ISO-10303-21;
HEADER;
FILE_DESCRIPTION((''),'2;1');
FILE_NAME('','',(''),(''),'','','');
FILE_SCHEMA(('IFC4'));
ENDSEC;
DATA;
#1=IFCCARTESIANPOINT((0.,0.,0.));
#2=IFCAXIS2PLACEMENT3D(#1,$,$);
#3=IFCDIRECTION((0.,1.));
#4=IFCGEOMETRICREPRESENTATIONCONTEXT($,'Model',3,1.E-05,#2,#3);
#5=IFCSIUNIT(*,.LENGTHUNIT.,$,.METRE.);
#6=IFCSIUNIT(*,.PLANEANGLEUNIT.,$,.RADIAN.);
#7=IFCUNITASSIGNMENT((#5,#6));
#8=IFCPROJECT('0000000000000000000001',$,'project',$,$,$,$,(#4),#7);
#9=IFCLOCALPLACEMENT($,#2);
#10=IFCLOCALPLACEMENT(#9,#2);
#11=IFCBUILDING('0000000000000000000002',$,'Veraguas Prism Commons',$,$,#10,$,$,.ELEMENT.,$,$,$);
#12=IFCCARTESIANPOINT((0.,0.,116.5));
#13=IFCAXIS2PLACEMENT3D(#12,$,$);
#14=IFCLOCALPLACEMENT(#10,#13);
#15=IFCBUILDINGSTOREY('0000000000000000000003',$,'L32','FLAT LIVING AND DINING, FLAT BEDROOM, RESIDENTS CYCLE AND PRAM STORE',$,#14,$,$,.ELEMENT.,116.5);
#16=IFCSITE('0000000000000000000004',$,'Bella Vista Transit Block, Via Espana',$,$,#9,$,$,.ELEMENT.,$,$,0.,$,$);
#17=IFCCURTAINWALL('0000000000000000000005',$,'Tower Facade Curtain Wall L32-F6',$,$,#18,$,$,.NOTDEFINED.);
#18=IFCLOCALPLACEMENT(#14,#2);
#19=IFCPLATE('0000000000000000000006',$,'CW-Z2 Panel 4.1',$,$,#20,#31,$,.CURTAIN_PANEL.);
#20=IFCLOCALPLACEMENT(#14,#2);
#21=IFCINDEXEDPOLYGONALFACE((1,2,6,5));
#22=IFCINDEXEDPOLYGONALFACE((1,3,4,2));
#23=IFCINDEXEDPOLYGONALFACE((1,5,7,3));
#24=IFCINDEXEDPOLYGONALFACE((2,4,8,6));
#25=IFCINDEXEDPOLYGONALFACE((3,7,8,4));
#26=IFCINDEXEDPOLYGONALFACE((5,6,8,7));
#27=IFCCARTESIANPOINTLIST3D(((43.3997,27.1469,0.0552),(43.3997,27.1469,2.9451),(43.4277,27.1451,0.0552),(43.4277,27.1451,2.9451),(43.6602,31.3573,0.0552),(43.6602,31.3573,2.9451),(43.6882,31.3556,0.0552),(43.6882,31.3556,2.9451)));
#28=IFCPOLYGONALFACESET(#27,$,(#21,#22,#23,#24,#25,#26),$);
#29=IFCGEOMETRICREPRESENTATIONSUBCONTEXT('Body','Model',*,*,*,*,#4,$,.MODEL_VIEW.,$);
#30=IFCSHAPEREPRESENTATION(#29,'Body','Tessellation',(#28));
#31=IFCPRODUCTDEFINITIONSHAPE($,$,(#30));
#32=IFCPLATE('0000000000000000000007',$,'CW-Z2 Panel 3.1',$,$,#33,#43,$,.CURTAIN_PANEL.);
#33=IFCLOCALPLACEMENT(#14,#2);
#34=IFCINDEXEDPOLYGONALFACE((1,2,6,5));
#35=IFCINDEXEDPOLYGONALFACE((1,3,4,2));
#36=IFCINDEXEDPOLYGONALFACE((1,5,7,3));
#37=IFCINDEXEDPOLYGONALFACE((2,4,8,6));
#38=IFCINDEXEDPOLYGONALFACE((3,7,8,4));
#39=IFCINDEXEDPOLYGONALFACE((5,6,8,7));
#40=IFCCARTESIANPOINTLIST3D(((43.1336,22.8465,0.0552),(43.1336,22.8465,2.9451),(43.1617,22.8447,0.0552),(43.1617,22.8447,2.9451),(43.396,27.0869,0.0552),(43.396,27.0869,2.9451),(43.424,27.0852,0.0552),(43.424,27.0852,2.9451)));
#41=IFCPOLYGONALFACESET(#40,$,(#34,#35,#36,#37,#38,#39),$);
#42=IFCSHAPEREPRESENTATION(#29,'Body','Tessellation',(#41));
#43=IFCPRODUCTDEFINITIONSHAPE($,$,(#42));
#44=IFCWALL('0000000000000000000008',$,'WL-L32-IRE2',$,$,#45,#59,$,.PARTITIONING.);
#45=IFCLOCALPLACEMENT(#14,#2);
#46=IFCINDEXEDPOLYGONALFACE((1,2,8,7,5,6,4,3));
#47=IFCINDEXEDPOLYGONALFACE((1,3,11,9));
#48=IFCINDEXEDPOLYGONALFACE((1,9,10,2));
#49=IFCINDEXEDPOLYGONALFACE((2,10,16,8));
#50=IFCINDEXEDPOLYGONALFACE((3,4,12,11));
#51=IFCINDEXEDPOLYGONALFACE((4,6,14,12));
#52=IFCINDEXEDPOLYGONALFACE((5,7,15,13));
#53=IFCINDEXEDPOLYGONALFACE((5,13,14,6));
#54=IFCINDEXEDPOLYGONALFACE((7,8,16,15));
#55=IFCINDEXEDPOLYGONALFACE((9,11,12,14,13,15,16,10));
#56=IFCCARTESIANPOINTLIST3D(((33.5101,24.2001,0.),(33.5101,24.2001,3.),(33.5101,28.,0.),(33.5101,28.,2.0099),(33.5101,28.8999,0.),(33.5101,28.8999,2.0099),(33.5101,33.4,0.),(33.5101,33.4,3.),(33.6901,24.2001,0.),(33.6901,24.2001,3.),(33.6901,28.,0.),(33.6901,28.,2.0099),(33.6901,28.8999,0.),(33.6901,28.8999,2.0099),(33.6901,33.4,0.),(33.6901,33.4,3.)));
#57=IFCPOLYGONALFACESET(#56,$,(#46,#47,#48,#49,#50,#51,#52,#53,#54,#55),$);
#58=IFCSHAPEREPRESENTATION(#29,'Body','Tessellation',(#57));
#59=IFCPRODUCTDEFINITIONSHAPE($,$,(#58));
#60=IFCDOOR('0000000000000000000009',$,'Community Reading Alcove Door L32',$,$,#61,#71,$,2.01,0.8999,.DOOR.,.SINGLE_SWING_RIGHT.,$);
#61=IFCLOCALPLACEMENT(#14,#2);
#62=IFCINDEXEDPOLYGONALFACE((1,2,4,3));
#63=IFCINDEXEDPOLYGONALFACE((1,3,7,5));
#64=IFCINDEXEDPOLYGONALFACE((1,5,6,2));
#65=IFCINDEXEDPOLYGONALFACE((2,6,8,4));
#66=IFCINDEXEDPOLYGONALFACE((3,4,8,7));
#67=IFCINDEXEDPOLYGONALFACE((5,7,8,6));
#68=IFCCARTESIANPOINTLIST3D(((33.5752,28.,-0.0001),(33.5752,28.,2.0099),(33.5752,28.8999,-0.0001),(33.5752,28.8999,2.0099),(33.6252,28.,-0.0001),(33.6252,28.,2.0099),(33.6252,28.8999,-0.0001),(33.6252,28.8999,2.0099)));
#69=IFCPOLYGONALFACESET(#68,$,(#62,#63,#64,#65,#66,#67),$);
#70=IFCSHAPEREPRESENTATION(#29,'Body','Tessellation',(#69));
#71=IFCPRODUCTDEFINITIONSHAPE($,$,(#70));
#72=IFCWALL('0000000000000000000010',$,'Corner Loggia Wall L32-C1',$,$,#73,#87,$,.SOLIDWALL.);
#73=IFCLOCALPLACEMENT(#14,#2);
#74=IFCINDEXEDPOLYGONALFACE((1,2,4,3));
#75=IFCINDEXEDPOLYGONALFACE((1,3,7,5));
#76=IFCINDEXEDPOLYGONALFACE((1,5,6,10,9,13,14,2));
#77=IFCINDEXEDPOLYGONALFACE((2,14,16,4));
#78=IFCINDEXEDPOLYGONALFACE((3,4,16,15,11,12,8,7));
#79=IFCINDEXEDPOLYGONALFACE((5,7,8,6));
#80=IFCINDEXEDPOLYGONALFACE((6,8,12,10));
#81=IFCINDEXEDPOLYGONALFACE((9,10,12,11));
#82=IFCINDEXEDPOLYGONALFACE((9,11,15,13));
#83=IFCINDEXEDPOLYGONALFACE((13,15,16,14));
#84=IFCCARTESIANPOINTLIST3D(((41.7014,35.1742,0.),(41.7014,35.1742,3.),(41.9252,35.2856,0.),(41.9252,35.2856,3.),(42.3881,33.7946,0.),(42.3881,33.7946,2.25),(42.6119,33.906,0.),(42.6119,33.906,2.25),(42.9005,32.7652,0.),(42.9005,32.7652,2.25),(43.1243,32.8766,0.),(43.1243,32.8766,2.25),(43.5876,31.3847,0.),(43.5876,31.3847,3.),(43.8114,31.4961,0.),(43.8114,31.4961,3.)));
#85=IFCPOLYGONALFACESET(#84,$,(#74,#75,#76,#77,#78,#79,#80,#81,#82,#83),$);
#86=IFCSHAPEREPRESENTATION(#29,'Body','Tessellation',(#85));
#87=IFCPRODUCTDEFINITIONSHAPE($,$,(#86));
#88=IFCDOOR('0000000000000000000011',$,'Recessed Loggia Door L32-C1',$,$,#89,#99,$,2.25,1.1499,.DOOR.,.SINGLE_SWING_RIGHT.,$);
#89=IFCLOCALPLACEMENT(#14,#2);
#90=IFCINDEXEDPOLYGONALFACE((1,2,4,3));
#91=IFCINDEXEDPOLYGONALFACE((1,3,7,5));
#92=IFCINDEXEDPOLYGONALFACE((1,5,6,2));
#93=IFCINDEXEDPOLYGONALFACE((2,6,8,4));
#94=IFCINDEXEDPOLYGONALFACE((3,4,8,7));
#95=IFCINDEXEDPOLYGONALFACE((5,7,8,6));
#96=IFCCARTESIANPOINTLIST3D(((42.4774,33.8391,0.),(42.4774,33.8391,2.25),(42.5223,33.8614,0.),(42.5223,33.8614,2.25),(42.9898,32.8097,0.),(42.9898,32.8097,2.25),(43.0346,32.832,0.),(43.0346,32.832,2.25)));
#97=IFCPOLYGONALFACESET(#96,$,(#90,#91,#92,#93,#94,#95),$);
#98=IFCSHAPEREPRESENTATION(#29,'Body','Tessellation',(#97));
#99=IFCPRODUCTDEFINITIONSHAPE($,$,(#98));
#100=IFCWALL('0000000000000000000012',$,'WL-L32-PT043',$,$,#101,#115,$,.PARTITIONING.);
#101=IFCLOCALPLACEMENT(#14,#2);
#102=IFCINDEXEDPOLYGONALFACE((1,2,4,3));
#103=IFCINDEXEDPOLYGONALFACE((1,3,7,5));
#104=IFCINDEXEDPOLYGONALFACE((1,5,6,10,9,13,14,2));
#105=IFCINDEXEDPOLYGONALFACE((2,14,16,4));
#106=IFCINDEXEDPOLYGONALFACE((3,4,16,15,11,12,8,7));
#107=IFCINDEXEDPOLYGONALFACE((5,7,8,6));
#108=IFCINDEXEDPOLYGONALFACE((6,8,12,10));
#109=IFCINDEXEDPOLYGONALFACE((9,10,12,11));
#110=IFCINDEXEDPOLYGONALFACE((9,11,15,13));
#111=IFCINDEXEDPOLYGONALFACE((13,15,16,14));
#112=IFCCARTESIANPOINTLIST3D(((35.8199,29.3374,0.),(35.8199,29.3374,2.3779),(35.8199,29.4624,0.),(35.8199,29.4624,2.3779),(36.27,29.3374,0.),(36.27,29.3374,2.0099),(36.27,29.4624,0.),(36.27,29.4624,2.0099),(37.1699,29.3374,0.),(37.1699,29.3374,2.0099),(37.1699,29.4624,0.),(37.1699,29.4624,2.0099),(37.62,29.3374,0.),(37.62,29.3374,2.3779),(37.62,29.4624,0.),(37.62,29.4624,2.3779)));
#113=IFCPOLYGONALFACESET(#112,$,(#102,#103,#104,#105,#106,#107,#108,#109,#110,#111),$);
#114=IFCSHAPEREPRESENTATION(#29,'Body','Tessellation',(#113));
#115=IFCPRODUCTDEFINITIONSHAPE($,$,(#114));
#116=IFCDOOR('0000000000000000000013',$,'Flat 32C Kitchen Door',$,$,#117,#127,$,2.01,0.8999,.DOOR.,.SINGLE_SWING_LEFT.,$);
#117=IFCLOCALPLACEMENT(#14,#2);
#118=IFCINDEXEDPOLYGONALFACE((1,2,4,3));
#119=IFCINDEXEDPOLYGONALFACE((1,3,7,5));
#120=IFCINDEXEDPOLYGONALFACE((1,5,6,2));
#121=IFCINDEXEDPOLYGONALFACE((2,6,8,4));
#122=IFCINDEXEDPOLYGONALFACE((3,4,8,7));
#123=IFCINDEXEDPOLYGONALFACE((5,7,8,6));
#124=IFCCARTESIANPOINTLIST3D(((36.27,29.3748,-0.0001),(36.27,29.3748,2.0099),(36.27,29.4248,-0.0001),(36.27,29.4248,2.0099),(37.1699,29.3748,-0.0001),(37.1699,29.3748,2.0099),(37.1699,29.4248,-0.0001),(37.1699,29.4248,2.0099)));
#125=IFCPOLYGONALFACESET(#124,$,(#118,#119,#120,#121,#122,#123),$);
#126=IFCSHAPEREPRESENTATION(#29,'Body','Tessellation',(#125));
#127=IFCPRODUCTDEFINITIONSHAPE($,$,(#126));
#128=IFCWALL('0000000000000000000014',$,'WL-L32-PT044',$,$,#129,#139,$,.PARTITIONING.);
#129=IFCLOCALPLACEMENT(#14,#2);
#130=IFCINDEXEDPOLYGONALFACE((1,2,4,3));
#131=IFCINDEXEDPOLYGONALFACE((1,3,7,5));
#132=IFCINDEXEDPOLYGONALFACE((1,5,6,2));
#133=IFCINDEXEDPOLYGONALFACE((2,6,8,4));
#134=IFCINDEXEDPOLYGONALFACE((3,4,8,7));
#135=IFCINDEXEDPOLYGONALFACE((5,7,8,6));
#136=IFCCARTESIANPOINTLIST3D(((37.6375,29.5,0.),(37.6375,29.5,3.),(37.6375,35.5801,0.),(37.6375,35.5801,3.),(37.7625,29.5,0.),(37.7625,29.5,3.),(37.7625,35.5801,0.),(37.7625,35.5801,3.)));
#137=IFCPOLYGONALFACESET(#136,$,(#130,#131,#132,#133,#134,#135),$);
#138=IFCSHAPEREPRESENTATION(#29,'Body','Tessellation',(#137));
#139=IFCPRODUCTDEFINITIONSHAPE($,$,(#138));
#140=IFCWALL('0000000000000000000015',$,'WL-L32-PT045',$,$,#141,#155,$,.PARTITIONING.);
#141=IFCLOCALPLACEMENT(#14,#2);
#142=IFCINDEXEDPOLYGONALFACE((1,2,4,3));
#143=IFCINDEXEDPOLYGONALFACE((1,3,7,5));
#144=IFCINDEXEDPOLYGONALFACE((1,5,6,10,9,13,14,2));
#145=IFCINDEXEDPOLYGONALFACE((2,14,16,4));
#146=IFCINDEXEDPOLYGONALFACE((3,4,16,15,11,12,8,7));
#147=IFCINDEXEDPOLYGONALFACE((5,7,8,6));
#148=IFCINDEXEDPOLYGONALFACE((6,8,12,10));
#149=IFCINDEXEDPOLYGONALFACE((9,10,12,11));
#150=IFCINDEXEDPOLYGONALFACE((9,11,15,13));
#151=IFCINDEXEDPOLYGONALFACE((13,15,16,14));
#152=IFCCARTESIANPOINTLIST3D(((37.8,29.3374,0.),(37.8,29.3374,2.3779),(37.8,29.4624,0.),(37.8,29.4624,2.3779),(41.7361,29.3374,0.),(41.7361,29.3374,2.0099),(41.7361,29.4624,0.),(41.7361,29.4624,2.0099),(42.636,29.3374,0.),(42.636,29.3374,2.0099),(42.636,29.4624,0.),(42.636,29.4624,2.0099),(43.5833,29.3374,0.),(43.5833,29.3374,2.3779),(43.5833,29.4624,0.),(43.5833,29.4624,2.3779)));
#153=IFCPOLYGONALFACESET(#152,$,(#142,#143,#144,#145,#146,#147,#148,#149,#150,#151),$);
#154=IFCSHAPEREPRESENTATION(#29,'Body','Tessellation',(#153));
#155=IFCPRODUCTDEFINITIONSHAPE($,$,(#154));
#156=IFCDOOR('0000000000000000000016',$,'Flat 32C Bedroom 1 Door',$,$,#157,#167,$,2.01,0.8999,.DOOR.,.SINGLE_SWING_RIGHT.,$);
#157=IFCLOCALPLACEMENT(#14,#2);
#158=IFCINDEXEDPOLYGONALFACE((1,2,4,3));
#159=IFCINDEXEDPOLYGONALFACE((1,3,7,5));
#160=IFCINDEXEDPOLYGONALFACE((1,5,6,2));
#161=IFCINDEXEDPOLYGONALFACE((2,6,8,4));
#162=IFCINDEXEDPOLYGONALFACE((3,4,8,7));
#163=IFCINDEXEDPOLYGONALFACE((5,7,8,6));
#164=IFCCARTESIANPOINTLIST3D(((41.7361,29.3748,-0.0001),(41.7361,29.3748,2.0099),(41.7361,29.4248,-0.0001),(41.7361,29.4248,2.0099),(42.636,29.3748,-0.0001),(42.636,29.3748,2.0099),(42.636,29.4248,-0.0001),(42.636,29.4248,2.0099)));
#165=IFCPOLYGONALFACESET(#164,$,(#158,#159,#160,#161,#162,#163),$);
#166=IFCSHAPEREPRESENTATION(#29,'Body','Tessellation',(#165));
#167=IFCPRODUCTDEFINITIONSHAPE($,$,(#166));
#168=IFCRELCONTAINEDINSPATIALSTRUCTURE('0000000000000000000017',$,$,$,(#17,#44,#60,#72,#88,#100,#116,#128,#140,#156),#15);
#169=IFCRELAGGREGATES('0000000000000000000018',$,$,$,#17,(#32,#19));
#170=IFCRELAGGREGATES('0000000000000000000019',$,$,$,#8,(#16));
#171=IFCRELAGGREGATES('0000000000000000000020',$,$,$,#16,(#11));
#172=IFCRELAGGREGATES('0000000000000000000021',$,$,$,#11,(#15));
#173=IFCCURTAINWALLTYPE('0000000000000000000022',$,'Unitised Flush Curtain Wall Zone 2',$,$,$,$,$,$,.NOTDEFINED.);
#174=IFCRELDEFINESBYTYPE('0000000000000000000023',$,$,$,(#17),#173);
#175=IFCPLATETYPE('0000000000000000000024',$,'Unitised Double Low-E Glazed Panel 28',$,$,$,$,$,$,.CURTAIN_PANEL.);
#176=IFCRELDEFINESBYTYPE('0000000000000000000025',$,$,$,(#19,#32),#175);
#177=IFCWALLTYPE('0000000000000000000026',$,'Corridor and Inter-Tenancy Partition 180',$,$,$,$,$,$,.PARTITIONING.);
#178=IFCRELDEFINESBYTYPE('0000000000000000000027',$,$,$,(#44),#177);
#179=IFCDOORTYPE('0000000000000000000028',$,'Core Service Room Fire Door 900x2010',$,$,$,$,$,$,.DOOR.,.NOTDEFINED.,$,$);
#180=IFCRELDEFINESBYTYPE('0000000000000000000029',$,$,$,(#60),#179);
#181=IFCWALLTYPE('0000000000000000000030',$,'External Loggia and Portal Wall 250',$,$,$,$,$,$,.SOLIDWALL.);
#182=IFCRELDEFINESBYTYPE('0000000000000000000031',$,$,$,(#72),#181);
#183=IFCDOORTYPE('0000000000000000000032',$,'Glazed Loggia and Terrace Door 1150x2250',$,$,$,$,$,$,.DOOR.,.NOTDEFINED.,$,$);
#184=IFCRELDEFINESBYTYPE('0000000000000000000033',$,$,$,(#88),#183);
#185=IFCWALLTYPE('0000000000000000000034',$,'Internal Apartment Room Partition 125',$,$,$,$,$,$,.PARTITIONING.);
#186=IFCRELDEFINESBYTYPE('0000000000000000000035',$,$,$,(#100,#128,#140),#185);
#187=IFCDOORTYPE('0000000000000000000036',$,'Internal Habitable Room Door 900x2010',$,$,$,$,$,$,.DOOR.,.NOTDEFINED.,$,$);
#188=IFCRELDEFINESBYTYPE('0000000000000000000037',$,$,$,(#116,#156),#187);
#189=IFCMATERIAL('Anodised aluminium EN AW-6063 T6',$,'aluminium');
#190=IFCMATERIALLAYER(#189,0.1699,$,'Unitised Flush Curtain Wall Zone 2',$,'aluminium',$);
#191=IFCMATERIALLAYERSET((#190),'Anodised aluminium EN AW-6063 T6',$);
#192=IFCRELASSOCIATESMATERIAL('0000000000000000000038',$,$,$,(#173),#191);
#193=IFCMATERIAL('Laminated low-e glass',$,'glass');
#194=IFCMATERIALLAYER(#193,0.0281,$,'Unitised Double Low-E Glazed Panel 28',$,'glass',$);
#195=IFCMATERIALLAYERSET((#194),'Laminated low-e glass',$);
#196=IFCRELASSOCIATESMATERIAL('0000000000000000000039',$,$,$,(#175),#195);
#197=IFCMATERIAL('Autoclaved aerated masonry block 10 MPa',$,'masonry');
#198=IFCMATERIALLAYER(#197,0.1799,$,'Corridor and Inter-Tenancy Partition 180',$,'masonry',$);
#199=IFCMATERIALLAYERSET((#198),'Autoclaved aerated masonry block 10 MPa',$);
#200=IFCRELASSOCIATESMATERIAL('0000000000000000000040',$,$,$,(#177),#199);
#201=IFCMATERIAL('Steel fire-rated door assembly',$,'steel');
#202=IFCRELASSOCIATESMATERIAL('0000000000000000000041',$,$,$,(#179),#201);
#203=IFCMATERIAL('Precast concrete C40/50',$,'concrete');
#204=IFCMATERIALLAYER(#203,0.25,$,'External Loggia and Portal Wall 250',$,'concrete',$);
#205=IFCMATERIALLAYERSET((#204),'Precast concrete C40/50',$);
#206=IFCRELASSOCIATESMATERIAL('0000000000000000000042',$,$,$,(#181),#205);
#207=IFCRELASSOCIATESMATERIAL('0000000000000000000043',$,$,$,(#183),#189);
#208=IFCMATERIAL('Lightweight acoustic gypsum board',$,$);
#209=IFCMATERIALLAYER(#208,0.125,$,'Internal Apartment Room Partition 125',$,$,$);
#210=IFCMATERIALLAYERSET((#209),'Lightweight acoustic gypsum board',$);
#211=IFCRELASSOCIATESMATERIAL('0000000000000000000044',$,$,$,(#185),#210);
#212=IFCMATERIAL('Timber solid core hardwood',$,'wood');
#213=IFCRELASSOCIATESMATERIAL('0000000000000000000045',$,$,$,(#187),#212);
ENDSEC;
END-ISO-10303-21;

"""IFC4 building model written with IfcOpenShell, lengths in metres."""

from ifc_helpers import new_model, si_unit, direction, frame, frame_2d, origin, origin_2d, place, context, subcontext, project, spatial, rectangle, extrude, source, transform, mapped, material, layer, layer_set, type_object, element, fill, aggregate, save


model = new_model("IFC4")

# Units and contexts
model_context = context("Model", 3, precision=1e-05, world=origin(), true_north=direction((0.0, 1.0)))
body_context = subcontext(model_context, "Body", "Model", "MODEL_VIEW")
ifc_project = project(units=[si_unit("LENGTHUNIT", "METRE"), si_unit("PLANEANGLEUNIT", "RADIAN")], contexts=[model_context])

# Site, building, storey
site_placement = place(None, origin())
site = spatial("IfcSite", under=ifc_project, at=site_placement, Name="Bella Vista Transit Block, Via Espana", CompositionType="ELEMENT", RefElevation=0.0)
building_placement = place(site_placement, origin())
building = spatial("IfcBuilding", under=site, at=building_placement, Name="Veraguas Prism Commons", CompositionType="ELEMENT")
storey_placement = place(building_placement, frame((0.0, 0.0, 116.5)))
storey = spatial("IfcBuildingStorey", under=building, at=storey_placement, Name="L32", Description="FLAT LIVING AND DINING, FLAT BEDROOM, RESIDENTS CYCLE AND PRAM STORE", CompositionType="ELEMENT", Elevation=116.5)

# Curtain wall, plates
ifc_material_1 = material(Name="Anodised aluminium EN AW-6063 T6", Category="aluminium")
ifc_layer_1 = layer(ifc_material_1, 0.1699, Name="Unitised Flush Curtain Wall Zone 2", Category="aluminium")
ifc_layer_set_1 = layer_set([ifc_layer_1], Name="Anodised aluminium EN AW-6063 T6")
curtain_wall_type = type_object("IfcCurtainWallType", Name="Unitised Flush Curtain Wall Zone 2", PredefinedType="NOTDEFINED", material=ifc_layer_set_1)
curtain_wall_placement = place(storey_placement, origin())
curtain_wall = element("IfcCurtainWall", 1, at=curtain_wall_placement, inside=storey, type_object=curtain_wall_type, Name="Tower Facade Curtain Wall L32-F6", PredefinedType="NOTDEFINED")
ifc_material_2 = material(Name="Laminated low-e glass", Category="glass")
ifc_layer_2 = layer(ifc_material_2, 0.0281, Name="Unitised Double Low-E Glazed Panel 28", Category="glass")
ifc_layer_set_2 = layer_set([ifc_layer_2], Name="Laminated low-e glass")
plate_type = type_object("IfcPlateType", Name="Unitised Double Low-E Glazed Panel 28", PredefinedType="CURTAIN_PANEL", material=ifc_layer_set_2)
shared_shape_1 = source(origin(), body_context, "Body", "SweptSolid", [
    extrude(rectangle(XDim=4.2185, YDim=0.0281, at=origin_2d()), origin(), (0.0, 0.0, 1.0), 2.8899),
])
plate_1_placement = place(storey_placement, frame((43.5439, 29.2512, 0.0552), z_axis=(0.0, 0.0, 1.0), x_axis=(0.061744, 0.998092, 0.0)))
plate_1 = element("IfcPlate", 2, at=plate_1_placement, type_object=plate_type, Name="CW-Z2 Panel 4.1", PredefinedType="CURTAIN_PANEL", context=body_context, shape_type="MappedRepresentation", body=[
    mapped(shared_shape_1, transform((0.0, 0.0, 0.0), scale=1.0)),
])
shared_shape_2 = source(origin(), body_context, "Body", "SweptSolid", [
    extrude(rectangle(XDim=4.2485, YDim=0.0281, at=origin_2d()), origin(), (0.0, 0.0, 1.0), 2.8899),
])
plate_2_placement = place(storey_placement, frame((43.2788, 24.9658, 0.0552), z_axis=(0.0, 0.0, 1.0), x_axis=(0.061744, 0.998092, 0.0)))
plate_2 = element("IfcPlate", 3, at=plate_2_placement, type_object=plate_type, Name="CW-Z2 Panel 3.1", PredefinedType="CURTAIN_PANEL", context=body_context, shape_type="MappedRepresentation", body=[
    mapped(shared_shape_2, transform((0.0, 0.0, 0.0), scale=1.0)),
])
aggregate(curtain_wall, [plate_2, plate_1])

# Walls, openings, doors
ifc_material_3 = material(Name="Autoclaved aerated masonry block 10 MPa", Category="masonry")
ifc_layer_3 = layer(ifc_material_3, 0.1799, Name="Corridor and Inter-Tenancy Partition 180", Category="masonry")
ifc_layer_set_3 = layer_set([ifc_layer_3], Name="Autoclaved aerated masonry block 10 MPa")
wall_type_1 = type_object("IfcWallType", Name="Corridor and Inter-Tenancy Partition 180", PredefinedType="PARTITIONING", material=ifc_layer_set_3)
wall_1_placement = place(storey_placement, frame((33.6001, 24.2, 0.0), z_axis=(0.0, 0.0, 1.0), x_axis=(0.0, 1.0, 0.0)))
wall_1 = element("IfcWall", 4, at=wall_1_placement, inside=storey, type_object=wall_type_1, Name="WL-L32-IRE2", PredefinedType="PARTITIONING", context=body_context, shape_type="SweptSolid", body=[
    extrude(rectangle(XDim=9.2, YDim=0.1799, at=frame_2d((4.6001, 0.0))), origin(), (0.0, 0.0, 1.0), 3.0),
])
opening_1_placement = place(wall_1_placement, frame((3.8, 0.0, 0.0)))
opening_1 = element("IfcOpeningElement", 5, at=opening_1_placement, cuts=wall_1, PredefinedType="OPENING", context=body_context, shape_type="SweptSolid", body=[
    extrude(rectangle(XDim=0.8999, YDim=2.01, at=frame_2d((0.45, 1.0049))), frame((0.0, 0.0999, 0.0), z_axis=(0.0, -1.0, 0.0), x_axis=(1.0, 0.0, 0.0)), (0.0, 0.0, 1.0), 0.2),
])
ifc_material_4 = material(Name="Steel fire-rated door assembly", Category="steel")
door_type_1 = type_object("IfcDoorType", Name="Core Service Room Fire Door 900x2010", OperationType="NOTDEFINED", PredefinedType="DOOR", material=ifc_material_4)
shared_shape_3 = source(origin(), body_context, "Body", "SweptSolid", [
    extrude(rectangle(XDim=0.8999, YDim=2.01, at=frame_2d((0.45, 1.0049))), frame((0.0, 0.0249, 0.0), z_axis=(0.0, -1.0, 0.0), x_axis=(1.0, 0.0, 0.0)), (0.0, 0.0, 1.0), 0.05),
])
door_1_placement = place(opening_1_placement, origin())
door_1 = element("IfcDoor", 6, at=door_1_placement, inside=storey, type_object=door_type_1, Name="Community Reading Alcove Door L32", OperationType="SINGLE_SWING_RIGHT", OverallHeight=2.01, OverallWidth=0.8999, PredefinedType="DOOR", context=body_context, shape_type="MappedRepresentation", body=[
    mapped(shared_shape_3, transform((0.0, 0.0, 0.0), scale=1.0)),
])
fill(opening_1, door_1)
ifc_material_5 = material(Name="Precast concrete C40/50", Category="concrete")
ifc_layer_4 = layer(ifc_material_5, 0.25, Name="External Loggia and Portal Wall 250", Category="concrete")
ifc_layer_set_4 = layer_set([ifc_layer_4], Name="Precast concrete C40/50")
wall_type_2 = type_object("IfcWallType", Name="External Loggia and Portal Wall 250", PredefinedType="SOLIDWALL", material=ifc_layer_set_4)
wall_2_placement = place(storey_placement, frame((43.6995, 31.4404, 0.0), z_axis=(0.0, 0.0, 1.0), x_axis=(-0.445598, 0.895233, 0.0)))
wall_2 = element("IfcWall", 7, at=wall_2_placement, inside=storey, type_object=wall_type_2, Name="Corner Loggia Wall L32-C1", PredefinedType="SOLIDWALL", context=body_context, shape_type="SweptSolid", body=[
    extrude(rectangle(XDim=4.2329, YDim=0.25, at=frame_2d((2.1165, 0.0))), origin(), (0.0, 0.0, 1.0), 3.0),
])
opening_2_placement = place(wall_2_placement, frame((1.542, 0.0, 0.0)))
opening_2 = element("IfcOpeningElement", 8, at=opening_2_placement, cuts=wall_2, PredefinedType="OPENING", context=body_context, shape_type="SweptSolid", body=[
    extrude(rectangle(XDim=1.1499, YDim=2.25, at=frame_2d((0.575, 1.125))), frame((0.0, 0.135, 0.0), z_axis=(0.0, -1.0, 0.0), x_axis=(1.0, 0.0, 0.0)), (0.0, 0.0, 1.0), 0.27),
])
door_type_2 = type_object("IfcDoorType", Name="Glazed Loggia and Terrace Door 1150x2250", OperationType="NOTDEFINED", PredefinedType="DOOR", material=ifc_material_1)
shared_shape_4 = source(origin(), body_context, "Body", "SweptSolid", [
    extrude(rectangle(XDim=1.1499, YDim=2.25, at=frame_2d((0.575, 1.125))), frame((0.0, 0.0249, 0.0), z_axis=(0.0, -1.0, 0.0), x_axis=(1.0, 0.0, 0.0)), (0.0, 0.0, 1.0), 0.05),
])
door_2_placement = place(opening_2_placement, frame((1.1499, 0.0, 0.0), z_axis=(0.0, 0.0, 1.0), x_axis=(-1.0, 0.0, 0.0)))
door_2 = element("IfcDoor", 9, at=door_2_placement, inside=storey, type_object=door_type_2, Name="Recessed Loggia Door L32-C1", OperationType="SINGLE_SWING_RIGHT", OverallHeight=2.25, OverallWidth=1.1499, PredefinedType="DOOR", context=body_context, shape_type="MappedRepresentation", body=[
    mapped(shared_shape_4, transform((0.0, 0.0, 0.0), scale=1.0)),
])
fill(opening_2, door_2)
ifc_material_6 = material(Name="Lightweight acoustic gypsum board")
ifc_layer_5 = layer(ifc_material_6, 0.125, Name="Internal Apartment Room Partition 125")
ifc_layer_set_5 = layer_set([ifc_layer_5], Name="Lightweight acoustic gypsum board")
wall_type_3 = type_object("IfcWallType", Name="Internal Apartment Room Partition 125", PredefinedType="PARTITIONING", material=ifc_layer_set_5)
wall_3_placement = place(storey_placement, frame((35.8201, 29.3999, 0.0), z_axis=(0.0, 0.0, 1.0), x_axis=(1.0, 0.0, 0.0)))
wall_3 = element("IfcWall", 10, at=wall_3_placement, inside=storey, type_object=wall_type_3, Name="WL-L32-PT043", PredefinedType="PARTITIONING", context=body_context, shape_type="SweptSolid", body=[
    extrude(rectangle(XDim=1.8, YDim=0.125, at=frame_2d((0.8999, 0.0))), origin(), (0.0, 0.0, 1.0), 2.3779),
])
opening_3_placement = place(wall_3_placement, frame((0.45, 0.0, 0.0)))
opening_3 = element("IfcOpeningElement", 11, at=opening_3_placement, cuts=wall_3, PredefinedType="OPENING", context=body_context, shape_type="SweptSolid", body=[
    extrude(rectangle(XDim=0.8999, YDim=2.01, at=frame_2d((0.45, 1.0049))), frame((0.0, 0.0725, 0.0), z_axis=(0.0, -1.0, 0.0), x_axis=(1.0, 0.0, 0.0)), (0.0, 0.0, 1.0), 0.145),
])
ifc_material_7 = material(Name="Timber solid core hardwood", Category="wood")
door_type_3 = type_object("IfcDoorType", Name="Internal Habitable Room Door 900x2010", OperationType="NOTDEFINED", PredefinedType="DOOR", material=ifc_material_7)
door_3_placement = place(opening_3_placement, origin())
door_3 = element("IfcDoor", 12, at=door_3_placement, inside=storey, type_object=door_type_3, Name="Flat 32C Kitchen Door", OperationType="SINGLE_SWING_LEFT", OverallHeight=2.01, OverallWidth=0.8999, PredefinedType="DOOR", context=body_context, shape_type="MappedRepresentation", body=[
    mapped(shared_shape_3, transform((0.0, 0.0, 0.0), scale=1.0)),
])
fill(opening_3, door_3)

# Wall
wall_4_placement = place(storey_placement, frame((37.7, 29.5, 0.0), z_axis=(0.0, 0.0, 1.0), x_axis=(0.0, 1.0, 0.0)))
element("IfcWall", 13, at=wall_4_placement, inside=storey, type_object=wall_type_3, Name="WL-L32-PT044", PredefinedType="PARTITIONING", context=body_context, shape_type="SweptSolid", body=[
    extrude(rectangle(XDim=6.0801, YDim=0.125, at=frame_2d((3.04, 0.0))), origin(), (0.0, 0.0, 1.0), 3.0),
])

# Wall, opening, door
wall_5_placement = place(storey_placement, frame((37.8, 29.3999, 0.0), z_axis=(0.0, 0.0, 1.0), x_axis=(1.0, 0.0, 0.0)))
wall_5 = element("IfcWall", 14, at=wall_5_placement, inside=storey, type_object=wall_type_3, Name="WL-L32-PT045", PredefinedType="PARTITIONING", context=body_context, shape_type="SweptSolid", body=[
    extrude(rectangle(XDim=5.7832, YDim=0.125, at=frame_2d((2.8916, 0.0))), origin(), (0.0, 0.0, 1.0), 2.3779),
])
opening_4_placement = place(wall_5_placement, frame((3.936, 0.0, 0.0)))
opening_4 = element("IfcOpeningElement", 15, at=opening_4_placement, cuts=wall_5, PredefinedType="OPENING", context=body_context, shape_type="SweptSolid", body=[
    extrude(rectangle(XDim=0.8999, YDim=2.01, at=frame_2d((0.45, 1.0049))), frame((0.0, 0.0725, 0.0), z_axis=(0.0, -1.0, 0.0), x_axis=(1.0, 0.0, 0.0)), (0.0, 0.0, 1.0), 0.145),
])
door_4_placement = place(opening_4_placement, origin())
door_4 = element("IfcDoor", 16, at=door_4_placement, inside=storey, type_object=door_type_3, Name="Flat 32C Bedroom 1 Door", OperationType="SINGLE_SWING_RIGHT", OverallHeight=2.01, OverallWidth=0.8999, PredefinedType="DOOR", context=body_context, shape_type="MappedRepresentation", body=[
    mapped(shared_shape_3, transform((0.0, 0.0, 0.0), scale=1.0)),
])
fill(opening_4, door_4)

save(model, "model.ifc")
